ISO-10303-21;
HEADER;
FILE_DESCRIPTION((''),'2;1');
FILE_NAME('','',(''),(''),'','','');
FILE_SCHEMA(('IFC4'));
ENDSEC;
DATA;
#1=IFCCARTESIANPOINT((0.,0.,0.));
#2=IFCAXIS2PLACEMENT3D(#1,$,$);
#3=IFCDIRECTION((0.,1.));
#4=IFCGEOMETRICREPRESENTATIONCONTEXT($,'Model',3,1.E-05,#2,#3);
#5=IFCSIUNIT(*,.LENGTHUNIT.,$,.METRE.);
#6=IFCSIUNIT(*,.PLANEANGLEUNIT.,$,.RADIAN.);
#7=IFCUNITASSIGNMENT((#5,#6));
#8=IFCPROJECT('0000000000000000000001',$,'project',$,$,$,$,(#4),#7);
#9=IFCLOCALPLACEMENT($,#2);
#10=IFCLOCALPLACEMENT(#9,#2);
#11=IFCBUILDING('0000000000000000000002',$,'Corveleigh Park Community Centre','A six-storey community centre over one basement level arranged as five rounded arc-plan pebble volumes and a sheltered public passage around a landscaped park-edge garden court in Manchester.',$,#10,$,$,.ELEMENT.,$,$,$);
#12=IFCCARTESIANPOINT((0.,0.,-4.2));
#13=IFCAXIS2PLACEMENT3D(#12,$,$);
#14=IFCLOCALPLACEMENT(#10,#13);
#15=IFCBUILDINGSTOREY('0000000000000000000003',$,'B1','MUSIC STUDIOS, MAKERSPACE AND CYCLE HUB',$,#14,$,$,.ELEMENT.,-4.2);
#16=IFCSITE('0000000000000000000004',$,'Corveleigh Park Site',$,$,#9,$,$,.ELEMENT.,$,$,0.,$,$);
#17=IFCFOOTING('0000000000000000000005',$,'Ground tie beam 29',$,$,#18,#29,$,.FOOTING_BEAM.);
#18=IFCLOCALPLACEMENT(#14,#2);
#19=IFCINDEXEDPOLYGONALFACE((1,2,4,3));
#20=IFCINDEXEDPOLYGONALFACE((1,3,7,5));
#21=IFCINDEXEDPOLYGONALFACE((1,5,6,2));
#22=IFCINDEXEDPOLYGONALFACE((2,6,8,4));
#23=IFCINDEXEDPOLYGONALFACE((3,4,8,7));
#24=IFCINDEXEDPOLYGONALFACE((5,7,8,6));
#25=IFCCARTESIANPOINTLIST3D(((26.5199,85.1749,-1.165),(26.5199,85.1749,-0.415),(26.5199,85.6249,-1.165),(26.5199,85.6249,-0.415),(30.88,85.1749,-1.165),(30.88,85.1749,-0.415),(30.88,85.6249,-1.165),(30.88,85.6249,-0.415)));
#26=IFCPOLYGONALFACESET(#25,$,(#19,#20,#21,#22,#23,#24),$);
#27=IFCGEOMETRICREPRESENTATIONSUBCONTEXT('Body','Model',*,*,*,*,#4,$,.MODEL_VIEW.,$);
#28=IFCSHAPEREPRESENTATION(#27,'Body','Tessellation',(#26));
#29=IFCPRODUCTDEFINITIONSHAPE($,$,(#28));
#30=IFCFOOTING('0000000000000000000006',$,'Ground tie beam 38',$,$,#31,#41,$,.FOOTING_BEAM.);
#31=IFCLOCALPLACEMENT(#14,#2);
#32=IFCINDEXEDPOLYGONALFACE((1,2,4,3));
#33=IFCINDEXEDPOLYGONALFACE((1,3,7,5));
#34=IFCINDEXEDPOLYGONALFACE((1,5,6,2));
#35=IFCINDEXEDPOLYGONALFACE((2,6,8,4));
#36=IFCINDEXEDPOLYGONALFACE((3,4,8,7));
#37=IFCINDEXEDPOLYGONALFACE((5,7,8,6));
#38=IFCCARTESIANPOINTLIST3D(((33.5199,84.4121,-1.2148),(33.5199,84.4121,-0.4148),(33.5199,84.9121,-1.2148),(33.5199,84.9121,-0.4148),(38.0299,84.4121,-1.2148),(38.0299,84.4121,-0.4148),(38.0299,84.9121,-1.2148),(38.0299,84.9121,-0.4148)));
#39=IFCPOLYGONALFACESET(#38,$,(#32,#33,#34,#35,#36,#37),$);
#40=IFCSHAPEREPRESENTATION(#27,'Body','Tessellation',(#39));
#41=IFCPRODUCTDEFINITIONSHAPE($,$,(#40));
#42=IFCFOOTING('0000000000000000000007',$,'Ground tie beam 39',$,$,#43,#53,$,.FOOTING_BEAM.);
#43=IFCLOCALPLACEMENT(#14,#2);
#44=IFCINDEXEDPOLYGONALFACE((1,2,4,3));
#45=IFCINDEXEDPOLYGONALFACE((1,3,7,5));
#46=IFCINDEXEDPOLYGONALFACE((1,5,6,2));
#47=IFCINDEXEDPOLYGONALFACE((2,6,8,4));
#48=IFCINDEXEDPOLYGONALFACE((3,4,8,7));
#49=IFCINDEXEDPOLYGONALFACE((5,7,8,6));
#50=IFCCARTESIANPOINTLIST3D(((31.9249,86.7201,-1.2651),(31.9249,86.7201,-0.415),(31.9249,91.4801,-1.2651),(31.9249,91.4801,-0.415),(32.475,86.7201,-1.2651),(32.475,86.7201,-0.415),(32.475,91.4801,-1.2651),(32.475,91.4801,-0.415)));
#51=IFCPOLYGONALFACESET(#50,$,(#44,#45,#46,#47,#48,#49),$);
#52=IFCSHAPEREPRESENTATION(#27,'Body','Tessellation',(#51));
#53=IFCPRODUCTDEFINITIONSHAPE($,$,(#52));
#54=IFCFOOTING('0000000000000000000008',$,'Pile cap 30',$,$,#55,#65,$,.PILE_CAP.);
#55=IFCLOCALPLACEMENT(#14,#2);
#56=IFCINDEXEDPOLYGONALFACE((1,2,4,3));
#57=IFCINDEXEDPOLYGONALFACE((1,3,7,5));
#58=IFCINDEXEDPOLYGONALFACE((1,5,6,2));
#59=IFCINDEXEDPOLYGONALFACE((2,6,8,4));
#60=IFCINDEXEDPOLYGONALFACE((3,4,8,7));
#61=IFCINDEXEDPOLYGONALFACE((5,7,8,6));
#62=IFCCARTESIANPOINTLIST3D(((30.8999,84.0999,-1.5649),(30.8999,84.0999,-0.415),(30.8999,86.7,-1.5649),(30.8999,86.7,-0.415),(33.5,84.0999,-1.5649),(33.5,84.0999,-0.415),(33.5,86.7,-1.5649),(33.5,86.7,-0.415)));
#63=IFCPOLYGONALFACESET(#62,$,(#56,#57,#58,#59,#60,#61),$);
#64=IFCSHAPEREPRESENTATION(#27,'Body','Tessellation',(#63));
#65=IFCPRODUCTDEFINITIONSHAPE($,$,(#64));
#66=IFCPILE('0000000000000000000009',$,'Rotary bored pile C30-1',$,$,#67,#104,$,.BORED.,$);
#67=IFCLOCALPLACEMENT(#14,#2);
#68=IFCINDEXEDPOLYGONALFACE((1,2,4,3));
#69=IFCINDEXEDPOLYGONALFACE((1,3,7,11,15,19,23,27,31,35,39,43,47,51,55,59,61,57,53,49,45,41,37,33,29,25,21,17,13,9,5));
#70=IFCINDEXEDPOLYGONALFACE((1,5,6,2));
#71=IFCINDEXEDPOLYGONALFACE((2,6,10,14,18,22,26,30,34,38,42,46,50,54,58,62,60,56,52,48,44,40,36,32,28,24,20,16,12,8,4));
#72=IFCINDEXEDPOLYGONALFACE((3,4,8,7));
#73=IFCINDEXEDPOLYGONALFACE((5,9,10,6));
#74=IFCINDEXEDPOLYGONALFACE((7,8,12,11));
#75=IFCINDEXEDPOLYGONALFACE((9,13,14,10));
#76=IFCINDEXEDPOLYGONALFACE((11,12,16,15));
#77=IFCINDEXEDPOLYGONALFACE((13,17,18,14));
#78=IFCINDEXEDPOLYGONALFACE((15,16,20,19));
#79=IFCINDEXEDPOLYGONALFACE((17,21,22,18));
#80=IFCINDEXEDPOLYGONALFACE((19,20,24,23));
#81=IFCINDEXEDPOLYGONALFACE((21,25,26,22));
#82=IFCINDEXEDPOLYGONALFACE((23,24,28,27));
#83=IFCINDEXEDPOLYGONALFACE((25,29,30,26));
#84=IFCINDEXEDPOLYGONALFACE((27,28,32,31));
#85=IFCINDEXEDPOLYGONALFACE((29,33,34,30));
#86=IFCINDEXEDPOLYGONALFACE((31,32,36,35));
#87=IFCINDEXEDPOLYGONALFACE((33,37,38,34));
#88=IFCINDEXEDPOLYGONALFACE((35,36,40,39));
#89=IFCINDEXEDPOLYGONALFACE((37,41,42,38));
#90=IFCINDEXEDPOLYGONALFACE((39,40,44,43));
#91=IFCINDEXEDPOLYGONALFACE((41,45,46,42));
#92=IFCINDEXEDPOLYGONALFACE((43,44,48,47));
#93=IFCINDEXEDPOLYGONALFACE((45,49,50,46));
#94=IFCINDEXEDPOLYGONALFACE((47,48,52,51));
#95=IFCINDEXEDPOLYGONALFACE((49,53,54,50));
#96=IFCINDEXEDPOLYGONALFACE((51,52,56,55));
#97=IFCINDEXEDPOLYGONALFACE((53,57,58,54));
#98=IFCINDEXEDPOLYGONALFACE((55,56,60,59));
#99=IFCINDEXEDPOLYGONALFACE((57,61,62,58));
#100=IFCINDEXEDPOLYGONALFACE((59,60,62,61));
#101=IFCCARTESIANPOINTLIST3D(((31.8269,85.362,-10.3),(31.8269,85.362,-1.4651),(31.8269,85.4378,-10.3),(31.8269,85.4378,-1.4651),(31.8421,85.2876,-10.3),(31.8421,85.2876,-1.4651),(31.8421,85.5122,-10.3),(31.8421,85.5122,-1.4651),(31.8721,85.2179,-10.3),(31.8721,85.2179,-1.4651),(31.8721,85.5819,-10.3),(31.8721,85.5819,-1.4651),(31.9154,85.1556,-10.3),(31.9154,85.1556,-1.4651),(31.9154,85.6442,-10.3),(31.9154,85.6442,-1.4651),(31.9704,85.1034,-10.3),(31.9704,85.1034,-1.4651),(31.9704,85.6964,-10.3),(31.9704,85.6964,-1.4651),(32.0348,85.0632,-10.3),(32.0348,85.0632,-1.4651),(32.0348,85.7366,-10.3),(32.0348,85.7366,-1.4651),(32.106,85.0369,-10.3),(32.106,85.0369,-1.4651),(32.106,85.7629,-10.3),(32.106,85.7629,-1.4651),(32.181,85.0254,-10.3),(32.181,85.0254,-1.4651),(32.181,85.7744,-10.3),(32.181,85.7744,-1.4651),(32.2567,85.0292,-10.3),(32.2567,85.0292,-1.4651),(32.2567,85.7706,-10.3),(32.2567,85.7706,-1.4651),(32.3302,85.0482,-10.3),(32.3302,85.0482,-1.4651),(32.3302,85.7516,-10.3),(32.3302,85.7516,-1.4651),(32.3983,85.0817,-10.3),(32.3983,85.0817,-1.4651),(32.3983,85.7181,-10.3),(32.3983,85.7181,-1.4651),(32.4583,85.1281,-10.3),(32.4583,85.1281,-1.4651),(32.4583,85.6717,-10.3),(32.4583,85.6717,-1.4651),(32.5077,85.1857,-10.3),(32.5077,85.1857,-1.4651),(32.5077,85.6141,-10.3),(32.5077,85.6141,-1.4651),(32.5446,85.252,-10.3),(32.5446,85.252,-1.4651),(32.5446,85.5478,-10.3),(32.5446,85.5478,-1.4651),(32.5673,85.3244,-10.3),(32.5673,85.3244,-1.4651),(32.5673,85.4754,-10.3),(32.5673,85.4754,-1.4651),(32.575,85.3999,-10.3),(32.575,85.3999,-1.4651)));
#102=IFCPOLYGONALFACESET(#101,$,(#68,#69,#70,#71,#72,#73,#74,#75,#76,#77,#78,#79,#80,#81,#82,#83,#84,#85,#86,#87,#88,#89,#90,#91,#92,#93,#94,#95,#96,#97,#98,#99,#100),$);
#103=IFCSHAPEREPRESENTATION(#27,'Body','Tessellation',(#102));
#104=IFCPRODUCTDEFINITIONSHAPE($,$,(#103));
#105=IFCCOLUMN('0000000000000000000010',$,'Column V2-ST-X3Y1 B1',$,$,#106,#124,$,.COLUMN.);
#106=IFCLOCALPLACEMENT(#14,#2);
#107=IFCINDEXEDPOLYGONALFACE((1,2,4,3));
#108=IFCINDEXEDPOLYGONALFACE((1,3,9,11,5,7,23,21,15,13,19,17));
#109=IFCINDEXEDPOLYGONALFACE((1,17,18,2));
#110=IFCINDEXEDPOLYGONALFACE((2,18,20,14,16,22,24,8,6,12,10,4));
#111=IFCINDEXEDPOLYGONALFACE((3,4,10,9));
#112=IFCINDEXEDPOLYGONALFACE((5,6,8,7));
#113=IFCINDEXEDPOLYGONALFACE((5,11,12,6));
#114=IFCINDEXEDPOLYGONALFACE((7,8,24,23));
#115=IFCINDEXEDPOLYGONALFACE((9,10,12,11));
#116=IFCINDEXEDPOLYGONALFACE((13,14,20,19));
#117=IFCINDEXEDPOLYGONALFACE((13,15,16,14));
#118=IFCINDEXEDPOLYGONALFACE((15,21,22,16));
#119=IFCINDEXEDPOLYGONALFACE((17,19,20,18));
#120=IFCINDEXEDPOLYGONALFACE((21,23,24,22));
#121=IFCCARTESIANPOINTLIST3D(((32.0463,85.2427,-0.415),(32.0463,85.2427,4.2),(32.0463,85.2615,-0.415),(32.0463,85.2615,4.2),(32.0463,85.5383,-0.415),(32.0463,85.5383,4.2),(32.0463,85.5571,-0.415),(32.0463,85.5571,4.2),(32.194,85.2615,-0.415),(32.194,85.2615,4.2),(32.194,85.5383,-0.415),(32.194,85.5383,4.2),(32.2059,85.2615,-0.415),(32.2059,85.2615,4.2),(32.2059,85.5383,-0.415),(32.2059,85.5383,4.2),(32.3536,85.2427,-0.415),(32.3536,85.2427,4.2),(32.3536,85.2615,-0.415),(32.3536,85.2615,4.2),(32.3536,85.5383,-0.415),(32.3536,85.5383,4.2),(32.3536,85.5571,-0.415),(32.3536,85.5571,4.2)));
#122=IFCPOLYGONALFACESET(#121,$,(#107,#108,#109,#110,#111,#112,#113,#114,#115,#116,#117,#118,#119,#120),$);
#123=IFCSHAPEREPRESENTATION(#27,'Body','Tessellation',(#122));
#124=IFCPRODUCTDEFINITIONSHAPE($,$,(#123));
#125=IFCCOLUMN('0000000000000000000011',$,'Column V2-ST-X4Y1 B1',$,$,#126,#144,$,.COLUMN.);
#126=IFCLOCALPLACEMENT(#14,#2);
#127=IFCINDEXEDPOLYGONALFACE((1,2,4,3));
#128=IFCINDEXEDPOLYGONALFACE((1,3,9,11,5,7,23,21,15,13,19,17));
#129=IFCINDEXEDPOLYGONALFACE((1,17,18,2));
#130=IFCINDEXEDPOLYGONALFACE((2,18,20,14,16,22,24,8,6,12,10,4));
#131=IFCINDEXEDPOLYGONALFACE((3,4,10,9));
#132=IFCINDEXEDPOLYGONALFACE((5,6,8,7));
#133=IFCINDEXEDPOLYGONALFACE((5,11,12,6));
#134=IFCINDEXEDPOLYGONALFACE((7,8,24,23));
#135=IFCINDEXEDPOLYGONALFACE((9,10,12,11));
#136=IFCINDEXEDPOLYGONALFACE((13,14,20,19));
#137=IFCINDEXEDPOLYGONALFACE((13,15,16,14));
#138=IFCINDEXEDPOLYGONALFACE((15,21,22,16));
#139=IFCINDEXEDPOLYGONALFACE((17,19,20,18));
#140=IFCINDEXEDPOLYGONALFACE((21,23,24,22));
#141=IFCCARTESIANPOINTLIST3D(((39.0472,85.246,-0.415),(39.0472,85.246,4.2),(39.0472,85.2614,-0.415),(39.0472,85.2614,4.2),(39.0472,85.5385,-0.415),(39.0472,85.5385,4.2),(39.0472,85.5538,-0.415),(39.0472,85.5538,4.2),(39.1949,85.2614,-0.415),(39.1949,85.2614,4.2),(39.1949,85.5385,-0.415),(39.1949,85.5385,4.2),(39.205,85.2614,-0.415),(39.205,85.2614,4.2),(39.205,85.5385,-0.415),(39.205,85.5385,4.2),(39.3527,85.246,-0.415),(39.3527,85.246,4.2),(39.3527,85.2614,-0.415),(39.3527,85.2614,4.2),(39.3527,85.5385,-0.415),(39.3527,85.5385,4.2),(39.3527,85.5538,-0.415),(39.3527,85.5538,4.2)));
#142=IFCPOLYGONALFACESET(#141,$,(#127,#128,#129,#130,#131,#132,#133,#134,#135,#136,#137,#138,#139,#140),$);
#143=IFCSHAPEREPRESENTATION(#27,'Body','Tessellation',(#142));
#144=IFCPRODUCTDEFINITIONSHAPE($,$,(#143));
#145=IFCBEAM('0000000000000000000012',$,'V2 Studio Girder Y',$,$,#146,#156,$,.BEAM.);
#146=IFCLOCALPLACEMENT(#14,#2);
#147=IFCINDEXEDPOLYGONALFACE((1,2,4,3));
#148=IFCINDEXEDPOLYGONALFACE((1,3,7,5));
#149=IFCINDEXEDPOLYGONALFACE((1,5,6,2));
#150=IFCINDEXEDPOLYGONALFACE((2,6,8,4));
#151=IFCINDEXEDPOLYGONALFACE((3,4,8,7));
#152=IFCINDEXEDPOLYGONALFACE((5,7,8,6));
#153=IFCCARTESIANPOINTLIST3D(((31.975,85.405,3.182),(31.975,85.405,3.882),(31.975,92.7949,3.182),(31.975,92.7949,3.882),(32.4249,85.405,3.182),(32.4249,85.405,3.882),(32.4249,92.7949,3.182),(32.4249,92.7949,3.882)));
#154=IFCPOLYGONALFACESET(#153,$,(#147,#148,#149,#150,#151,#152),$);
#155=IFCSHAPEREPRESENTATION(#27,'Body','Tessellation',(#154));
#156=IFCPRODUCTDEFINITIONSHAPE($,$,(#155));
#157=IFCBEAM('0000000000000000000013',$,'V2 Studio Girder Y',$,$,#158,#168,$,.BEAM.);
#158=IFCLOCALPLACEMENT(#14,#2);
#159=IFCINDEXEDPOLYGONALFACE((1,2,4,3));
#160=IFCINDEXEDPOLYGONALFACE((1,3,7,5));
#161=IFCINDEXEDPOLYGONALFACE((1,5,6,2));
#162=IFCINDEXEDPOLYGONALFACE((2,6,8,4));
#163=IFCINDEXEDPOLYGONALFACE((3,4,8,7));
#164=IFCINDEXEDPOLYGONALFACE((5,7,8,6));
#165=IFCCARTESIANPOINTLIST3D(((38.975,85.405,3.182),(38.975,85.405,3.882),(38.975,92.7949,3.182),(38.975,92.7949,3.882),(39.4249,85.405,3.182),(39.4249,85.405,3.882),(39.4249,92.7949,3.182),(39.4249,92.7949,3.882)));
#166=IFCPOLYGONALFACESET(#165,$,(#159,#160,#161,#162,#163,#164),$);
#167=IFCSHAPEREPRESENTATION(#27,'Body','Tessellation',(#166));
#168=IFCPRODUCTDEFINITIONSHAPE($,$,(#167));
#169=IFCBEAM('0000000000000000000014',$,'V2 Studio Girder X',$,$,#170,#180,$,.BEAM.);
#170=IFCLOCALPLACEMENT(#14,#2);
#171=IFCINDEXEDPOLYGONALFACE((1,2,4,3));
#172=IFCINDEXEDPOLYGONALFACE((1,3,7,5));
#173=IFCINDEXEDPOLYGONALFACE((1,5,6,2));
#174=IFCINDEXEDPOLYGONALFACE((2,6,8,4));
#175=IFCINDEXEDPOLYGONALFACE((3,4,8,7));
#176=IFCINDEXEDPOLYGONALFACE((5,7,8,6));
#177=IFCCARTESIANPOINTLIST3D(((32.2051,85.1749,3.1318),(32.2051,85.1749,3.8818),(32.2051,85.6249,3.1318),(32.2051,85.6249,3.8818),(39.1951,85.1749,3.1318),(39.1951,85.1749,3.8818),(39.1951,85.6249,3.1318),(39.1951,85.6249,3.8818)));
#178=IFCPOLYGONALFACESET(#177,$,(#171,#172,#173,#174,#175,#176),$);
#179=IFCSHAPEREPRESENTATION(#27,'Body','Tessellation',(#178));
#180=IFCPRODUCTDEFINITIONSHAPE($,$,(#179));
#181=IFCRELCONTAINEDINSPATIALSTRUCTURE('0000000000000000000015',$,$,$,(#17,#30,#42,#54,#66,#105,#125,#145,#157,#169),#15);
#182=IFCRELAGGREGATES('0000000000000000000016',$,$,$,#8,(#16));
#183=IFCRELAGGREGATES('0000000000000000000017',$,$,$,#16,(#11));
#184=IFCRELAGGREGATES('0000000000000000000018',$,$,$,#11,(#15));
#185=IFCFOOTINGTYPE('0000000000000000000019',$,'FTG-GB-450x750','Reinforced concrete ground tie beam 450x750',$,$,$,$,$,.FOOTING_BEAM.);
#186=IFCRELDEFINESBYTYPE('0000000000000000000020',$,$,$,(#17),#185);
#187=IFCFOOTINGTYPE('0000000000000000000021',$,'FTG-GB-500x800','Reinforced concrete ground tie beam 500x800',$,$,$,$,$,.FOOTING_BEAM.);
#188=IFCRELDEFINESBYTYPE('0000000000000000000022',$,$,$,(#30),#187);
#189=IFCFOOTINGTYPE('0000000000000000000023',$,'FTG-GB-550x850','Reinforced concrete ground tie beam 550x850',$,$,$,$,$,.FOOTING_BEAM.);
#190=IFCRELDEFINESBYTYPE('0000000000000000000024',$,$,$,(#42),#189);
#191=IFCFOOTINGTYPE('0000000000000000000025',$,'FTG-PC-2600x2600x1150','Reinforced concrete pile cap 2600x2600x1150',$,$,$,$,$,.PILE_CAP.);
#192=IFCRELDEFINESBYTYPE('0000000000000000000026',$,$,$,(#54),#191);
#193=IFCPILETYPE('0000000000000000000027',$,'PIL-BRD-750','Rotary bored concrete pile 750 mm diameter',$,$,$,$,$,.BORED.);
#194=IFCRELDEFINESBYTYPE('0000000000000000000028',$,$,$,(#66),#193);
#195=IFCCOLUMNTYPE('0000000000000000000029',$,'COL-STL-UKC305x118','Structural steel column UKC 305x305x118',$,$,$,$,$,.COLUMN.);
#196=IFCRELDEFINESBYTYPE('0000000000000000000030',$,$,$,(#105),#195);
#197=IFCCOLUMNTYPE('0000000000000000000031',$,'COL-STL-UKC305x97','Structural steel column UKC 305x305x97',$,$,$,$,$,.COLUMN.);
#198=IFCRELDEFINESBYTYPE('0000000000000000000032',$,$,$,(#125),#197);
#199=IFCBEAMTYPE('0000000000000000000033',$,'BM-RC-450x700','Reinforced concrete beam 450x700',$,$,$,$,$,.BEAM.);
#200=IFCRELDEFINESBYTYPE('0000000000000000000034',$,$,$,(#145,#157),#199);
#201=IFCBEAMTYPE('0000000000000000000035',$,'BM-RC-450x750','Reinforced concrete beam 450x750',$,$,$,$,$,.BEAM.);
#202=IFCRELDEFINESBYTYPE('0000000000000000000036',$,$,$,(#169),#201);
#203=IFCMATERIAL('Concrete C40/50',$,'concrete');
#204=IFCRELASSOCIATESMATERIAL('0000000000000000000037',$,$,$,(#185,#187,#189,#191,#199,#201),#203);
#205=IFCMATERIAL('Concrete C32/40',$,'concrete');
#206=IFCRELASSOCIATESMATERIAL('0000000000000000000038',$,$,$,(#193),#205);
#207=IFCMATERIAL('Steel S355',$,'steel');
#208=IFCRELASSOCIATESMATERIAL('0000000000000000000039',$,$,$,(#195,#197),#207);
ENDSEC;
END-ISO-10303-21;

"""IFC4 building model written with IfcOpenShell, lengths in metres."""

from ifc_helpers import new_model, si_unit, direction, frame, origin, origin_2d, place, context, subcontext, project, spatial, rectangle, circle, i_section, extrude, material, material_profile, profile_set, type_object, element, save


model = new_model("IFC4")

# Units and contexts
model_context = context("Model", 3, precision=1e-05, world=origin(), true_north=direction((0.0, 1.0)))
body_context = subcontext(model_context, "Body", "Model", "MODEL_VIEW")
ifc_project = project(units=[si_unit("LENGTHUNIT", "METRE"), si_unit("PLANEANGLEUNIT", "RADIAN")], contexts=[model_context])

# Site, building, storey
site_placement = place(None, origin())
site = spatial("IfcSite", under=ifc_project, at=site_placement, Name="Corveleigh Park Site", CompositionType="ELEMENT", RefElevation=0.0)
building_placement = place(site_placement, origin())
building = spatial("IfcBuilding", under=site, at=building_placement, Name="Corveleigh Park Community Centre", Description="A six-storey community centre over one basement level arranged as five rounded arc-plan pebble volumes and a sheltered public passage around a landscaped park-edge garden court in Manchester.", CompositionType="ELEMENT")
storey_placement = place(building_placement, frame((0.0, 0.0, -4.2)))
storey = spatial("IfcBuildingStorey", under=building, at=storey_placement, Name="B1", Description="MUSIC STUDIOS, MAKERSPACE AND CYCLE HUB", CompositionType="ELEMENT", Elevation=-4.2)

# Footings
ifc_material_1 = material(Name="Concrete C40/50", Category="concrete")
footing_type_1 = type_object("IfcFootingType", Name="FTG-GB-450x750", Description="Reinforced concrete ground tie beam 450x750", PredefinedType="FOOTING_BEAM", material=ifc_material_1)
footing_1_placement = place(storey_placement, frame((28.7, 85.3999, -1.165), z_axis=(0.0, 0.0, 1.0), x_axis=(1.0, 0.0, 0.0)))
element("IfcFooting", 1, at=footing_1_placement, inside=storey, type_object=footing_type_1, Name="Ground tie beam 29", PredefinedType="FOOTING_BEAM", context=body_context, shape_type="SweptSolid", body=[
    extrude(rectangle(XDim=4.3601, YDim=0.45, at=origin_2d()), origin(), (0.0, 0.0, 1.0), 0.75),
])
footing_type_2 = type_object("IfcFootingType", Name="FTG-GB-500x800", Description="Reinforced concrete ground tie beam 500x800", PredefinedType="FOOTING_BEAM", material=ifc_material_1)
footing_2_placement = place(storey_placement, frame((35.7749, 84.6621, -1.2148), z_axis=(0.0, 0.0, 1.0), x_axis=(1.0, 0.0, 0.0)))
element("IfcFooting", 2, at=footing_2_placement, inside=storey, type_object=footing_type_2, Name="Ground tie beam 38", PredefinedType="FOOTING_BEAM", context=body_context, shape_type="SweptSolid", body=[
    extrude(rectangle(XDim=4.51, YDim=0.5, at=origin_2d()), origin(), (0.0, 0.0, 1.0), 0.8),
])
footing_type_3 = type_object("IfcFootingType", Name="FTG-GB-550x850", Description="Reinforced concrete ground tie beam 550x850", PredefinedType="FOOTING_BEAM", material=ifc_material_1)
footing_3_placement = place(storey_placement, frame((32.2, 89.1001, -1.2651), z_axis=(0.0, 0.0, 1.0), x_axis=(1.0, 0.0, 0.0)))
element("IfcFooting", 3, at=footing_3_placement, inside=storey, type_object=footing_type_3, Name="Ground tie beam 39", PredefinedType="FOOTING_BEAM", context=body_context, shape_type="SweptSolid", body=[
    extrude(rectangle(XDim=0.55, YDim=4.76, at=origin_2d()), origin(), (0.0, 0.0, 1.0), 0.8501),
])
footing_type_4 = type_object("IfcFootingType", Name="FTG-PC-2600x2600x1150", Description="Reinforced concrete pile cap 2600x2600x1150", PredefinedType="PILE_CAP", material=ifc_material_1)
footing_4_placement = place(storey_placement, frame((32.2, 85.3999, -1.5649), z_axis=(0.0, 0.0, 1.0), x_axis=(1.0, 0.0, 0.0)))
element("IfcFooting", 4, at=footing_4_placement, inside=storey, type_object=footing_type_4, Name="Pile cap 30", PredefinedType="PILE_CAP", context=body_context, shape_type="SweptSolid", body=[
    extrude(rectangle(XDim=2.6001, YDim=2.6001, at=origin_2d()), origin(), (0.0, 0.0, 1.0), 1.1499),
])

# Pile
ifc_material_2 = material(Name="Concrete C32/40", Category="concrete")
ifc_material_profile_1 = material_profile(ifc_material_2, circle(Radius=0.375, at=origin_2d()), Name="BORED-PILE-750", Category="concrete")
ifc_profile_set_1 = profile_set([ifc_material_profile_1], Name="Concrete C32/40")
pile_type = type_object("IfcPileType", Name="PIL-BRD-750", Description="Rotary bored concrete pile 750 mm diameter", PredefinedType="BORED", material=ifc_profile_set_1)
pile_placement = place(storey_placement, frame((32.2, 85.3999, -1.4651), z_axis=(0.0, 0.0, -1.0), x_axis=(1.0, 0.0, 0.0)))
element("IfcPile", 5, at=pile_placement, inside=storey, type_object=pile_type, Name="Rotary bored pile C30-1", PredefinedType="BORED", context=body_context, shape_type="SweptSolid", body=[
    extrude(circle(Radius=0.375, at=origin_2d()), origin(), (0.0, 0.0, 1.0), 8.835),
])

# Columns
ifc_material_3 = material(Name="Steel S355", Category="steel")
ifc_material_profile_2 = material_profile(ifc_material_3, i_section(OverallWidth=0.3074, OverallDepth=0.3145, WebThickness=0.012, FlangeThickness=0.0188, at=origin_2d()), Name="UKC 305x305x118", Category="steel")
ifc_profile_set_2 = profile_set([ifc_material_profile_2], Name="Steel S355")
column_type_1 = type_object("IfcColumnType", Name="COL-STL-UKC305x118", Description="Structural steel column UKC 305x305x118", PredefinedType="COLUMN", material=ifc_profile_set_2)
column_1_placement = place(storey_placement, frame((32.2, 85.3999, -0.415), z_axis=(0.0, 0.0, 1.0), x_axis=(1.0, 0.0, 0.0)))
element("IfcColumn", 6, at=column_1_placement, inside=storey, type_object=column_type_1, Name="Column V2-ST-X3Y1 B1", PredefinedType="COLUMN", context=body_context, shape_type="SweptSolid", body=[
    extrude(i_section(OverallWidth=0.3074, OverallDepth=0.3145, WebThickness=0.012, FlangeThickness=0.0188, at=origin_2d()), origin(), (0.0, 0.0, 1.0), 4.615),
])
ifc_material_profile_3 = material_profile(ifc_material_3, i_section(OverallWidth=0.3054, OverallDepth=0.3079, WebThickness=0.01, FlangeThickness=0.0154, at=origin_2d()), Name="UKC 305x305x97", Category="steel")
ifc_profile_set_3 = profile_set([ifc_material_profile_3], Name="Steel S355")
column_type_2 = type_object("IfcColumnType", Name="COL-STL-UKC305x97", Description="Structural steel column UKC 305x305x97", PredefinedType="COLUMN", material=ifc_profile_set_3)
column_2_placement = place(storey_placement, frame((39.2, 85.3999, -0.415), z_axis=(0.0, 0.0, 1.0), x_axis=(1.0, 0.0, 0.0)))
element("IfcColumn", 7, at=column_2_placement, inside=storey, type_object=column_type_2, Name="Column V2-ST-X4Y1 B1", PredefinedType="COLUMN", context=body_context, shape_type="SweptSolid", body=[
    extrude(i_section(OverallWidth=0.3054, OverallDepth=0.3079, WebThickness=0.01, FlangeThickness=0.0154, at=origin_2d()), origin(), (0.0, 0.0, 1.0), 4.615),
])

# Beams
ifc_material_profile_4 = material_profile(ifc_material_1, rectangle(XDim=0.45, YDim=0.7, at=origin_2d()), Name="RC-450x700", Category="concrete")
ifc_profile_set_4 = profile_set([ifc_material_profile_4], Name="Concrete C40/50")
beam_type_1 = type_object("IfcBeamType", Name="BM-RC-450x700", Description="Reinforced concrete beam 450x700", PredefinedType="BEAM", material=ifc_profile_set_4)
for number, where, z_axis, x_axis, name in (
    (8, (32.2, 85.405, 3.532), (0.0, 1.0, 0.0), (-1.0, 0.0, 0.0), "V2 Studio Girder Y"),
    (9, (39.2, 85.405, 3.532), (0.0, 1.0, 0.0), (-1.0, 0.0, 0.0), "V2 Studio Girder Y"),
):
    element("IfcBeam", number, at=place(storey_placement, frame(where, z_axis=z_axis, x_axis=x_axis)), inside=storey, type_object=beam_type_1, Name=name, PredefinedType="BEAM", context=body_context, shape_type="SweptSolid", body=[
        extrude(rectangle(XDim=0.45, YDim=0.7, at=origin_2d()), origin(), (0.0, 0.0, 1.0), 7.3899),
    ])
ifc_material_profile_5 = material_profile(ifc_material_1, rectangle(XDim=0.45, YDim=0.75, at=origin_2d()), Name="RC-450x750", Category="concrete")
ifc_profile_set_5 = profile_set([ifc_material_profile_5], Name="Concrete C40/50")
beam_type_2 = type_object("IfcBeamType", Name="BM-RC-450x750", Description="Reinforced concrete beam 450x750", PredefinedType="BEAM", material=ifc_profile_set_5)
beam_placement = place(storey_placement, frame((32.2051, 85.3999, 3.5068), z_axis=(1.0, 0.0, 0.0), x_axis=(0.0, 1.0, 0.0)))
element("IfcBeam", 10, at=beam_placement, inside=storey, type_object=beam_type_2, Name="V2 Studio Girder X", PredefinedType="BEAM", context=body_context, shape_type="SweptSolid", body=[
    extrude(rectangle(XDim=0.45, YDim=0.75, at=origin_2d()), origin(), (0.0, 0.0, 1.0), 6.99),
])

save(model, "model.ifc")
